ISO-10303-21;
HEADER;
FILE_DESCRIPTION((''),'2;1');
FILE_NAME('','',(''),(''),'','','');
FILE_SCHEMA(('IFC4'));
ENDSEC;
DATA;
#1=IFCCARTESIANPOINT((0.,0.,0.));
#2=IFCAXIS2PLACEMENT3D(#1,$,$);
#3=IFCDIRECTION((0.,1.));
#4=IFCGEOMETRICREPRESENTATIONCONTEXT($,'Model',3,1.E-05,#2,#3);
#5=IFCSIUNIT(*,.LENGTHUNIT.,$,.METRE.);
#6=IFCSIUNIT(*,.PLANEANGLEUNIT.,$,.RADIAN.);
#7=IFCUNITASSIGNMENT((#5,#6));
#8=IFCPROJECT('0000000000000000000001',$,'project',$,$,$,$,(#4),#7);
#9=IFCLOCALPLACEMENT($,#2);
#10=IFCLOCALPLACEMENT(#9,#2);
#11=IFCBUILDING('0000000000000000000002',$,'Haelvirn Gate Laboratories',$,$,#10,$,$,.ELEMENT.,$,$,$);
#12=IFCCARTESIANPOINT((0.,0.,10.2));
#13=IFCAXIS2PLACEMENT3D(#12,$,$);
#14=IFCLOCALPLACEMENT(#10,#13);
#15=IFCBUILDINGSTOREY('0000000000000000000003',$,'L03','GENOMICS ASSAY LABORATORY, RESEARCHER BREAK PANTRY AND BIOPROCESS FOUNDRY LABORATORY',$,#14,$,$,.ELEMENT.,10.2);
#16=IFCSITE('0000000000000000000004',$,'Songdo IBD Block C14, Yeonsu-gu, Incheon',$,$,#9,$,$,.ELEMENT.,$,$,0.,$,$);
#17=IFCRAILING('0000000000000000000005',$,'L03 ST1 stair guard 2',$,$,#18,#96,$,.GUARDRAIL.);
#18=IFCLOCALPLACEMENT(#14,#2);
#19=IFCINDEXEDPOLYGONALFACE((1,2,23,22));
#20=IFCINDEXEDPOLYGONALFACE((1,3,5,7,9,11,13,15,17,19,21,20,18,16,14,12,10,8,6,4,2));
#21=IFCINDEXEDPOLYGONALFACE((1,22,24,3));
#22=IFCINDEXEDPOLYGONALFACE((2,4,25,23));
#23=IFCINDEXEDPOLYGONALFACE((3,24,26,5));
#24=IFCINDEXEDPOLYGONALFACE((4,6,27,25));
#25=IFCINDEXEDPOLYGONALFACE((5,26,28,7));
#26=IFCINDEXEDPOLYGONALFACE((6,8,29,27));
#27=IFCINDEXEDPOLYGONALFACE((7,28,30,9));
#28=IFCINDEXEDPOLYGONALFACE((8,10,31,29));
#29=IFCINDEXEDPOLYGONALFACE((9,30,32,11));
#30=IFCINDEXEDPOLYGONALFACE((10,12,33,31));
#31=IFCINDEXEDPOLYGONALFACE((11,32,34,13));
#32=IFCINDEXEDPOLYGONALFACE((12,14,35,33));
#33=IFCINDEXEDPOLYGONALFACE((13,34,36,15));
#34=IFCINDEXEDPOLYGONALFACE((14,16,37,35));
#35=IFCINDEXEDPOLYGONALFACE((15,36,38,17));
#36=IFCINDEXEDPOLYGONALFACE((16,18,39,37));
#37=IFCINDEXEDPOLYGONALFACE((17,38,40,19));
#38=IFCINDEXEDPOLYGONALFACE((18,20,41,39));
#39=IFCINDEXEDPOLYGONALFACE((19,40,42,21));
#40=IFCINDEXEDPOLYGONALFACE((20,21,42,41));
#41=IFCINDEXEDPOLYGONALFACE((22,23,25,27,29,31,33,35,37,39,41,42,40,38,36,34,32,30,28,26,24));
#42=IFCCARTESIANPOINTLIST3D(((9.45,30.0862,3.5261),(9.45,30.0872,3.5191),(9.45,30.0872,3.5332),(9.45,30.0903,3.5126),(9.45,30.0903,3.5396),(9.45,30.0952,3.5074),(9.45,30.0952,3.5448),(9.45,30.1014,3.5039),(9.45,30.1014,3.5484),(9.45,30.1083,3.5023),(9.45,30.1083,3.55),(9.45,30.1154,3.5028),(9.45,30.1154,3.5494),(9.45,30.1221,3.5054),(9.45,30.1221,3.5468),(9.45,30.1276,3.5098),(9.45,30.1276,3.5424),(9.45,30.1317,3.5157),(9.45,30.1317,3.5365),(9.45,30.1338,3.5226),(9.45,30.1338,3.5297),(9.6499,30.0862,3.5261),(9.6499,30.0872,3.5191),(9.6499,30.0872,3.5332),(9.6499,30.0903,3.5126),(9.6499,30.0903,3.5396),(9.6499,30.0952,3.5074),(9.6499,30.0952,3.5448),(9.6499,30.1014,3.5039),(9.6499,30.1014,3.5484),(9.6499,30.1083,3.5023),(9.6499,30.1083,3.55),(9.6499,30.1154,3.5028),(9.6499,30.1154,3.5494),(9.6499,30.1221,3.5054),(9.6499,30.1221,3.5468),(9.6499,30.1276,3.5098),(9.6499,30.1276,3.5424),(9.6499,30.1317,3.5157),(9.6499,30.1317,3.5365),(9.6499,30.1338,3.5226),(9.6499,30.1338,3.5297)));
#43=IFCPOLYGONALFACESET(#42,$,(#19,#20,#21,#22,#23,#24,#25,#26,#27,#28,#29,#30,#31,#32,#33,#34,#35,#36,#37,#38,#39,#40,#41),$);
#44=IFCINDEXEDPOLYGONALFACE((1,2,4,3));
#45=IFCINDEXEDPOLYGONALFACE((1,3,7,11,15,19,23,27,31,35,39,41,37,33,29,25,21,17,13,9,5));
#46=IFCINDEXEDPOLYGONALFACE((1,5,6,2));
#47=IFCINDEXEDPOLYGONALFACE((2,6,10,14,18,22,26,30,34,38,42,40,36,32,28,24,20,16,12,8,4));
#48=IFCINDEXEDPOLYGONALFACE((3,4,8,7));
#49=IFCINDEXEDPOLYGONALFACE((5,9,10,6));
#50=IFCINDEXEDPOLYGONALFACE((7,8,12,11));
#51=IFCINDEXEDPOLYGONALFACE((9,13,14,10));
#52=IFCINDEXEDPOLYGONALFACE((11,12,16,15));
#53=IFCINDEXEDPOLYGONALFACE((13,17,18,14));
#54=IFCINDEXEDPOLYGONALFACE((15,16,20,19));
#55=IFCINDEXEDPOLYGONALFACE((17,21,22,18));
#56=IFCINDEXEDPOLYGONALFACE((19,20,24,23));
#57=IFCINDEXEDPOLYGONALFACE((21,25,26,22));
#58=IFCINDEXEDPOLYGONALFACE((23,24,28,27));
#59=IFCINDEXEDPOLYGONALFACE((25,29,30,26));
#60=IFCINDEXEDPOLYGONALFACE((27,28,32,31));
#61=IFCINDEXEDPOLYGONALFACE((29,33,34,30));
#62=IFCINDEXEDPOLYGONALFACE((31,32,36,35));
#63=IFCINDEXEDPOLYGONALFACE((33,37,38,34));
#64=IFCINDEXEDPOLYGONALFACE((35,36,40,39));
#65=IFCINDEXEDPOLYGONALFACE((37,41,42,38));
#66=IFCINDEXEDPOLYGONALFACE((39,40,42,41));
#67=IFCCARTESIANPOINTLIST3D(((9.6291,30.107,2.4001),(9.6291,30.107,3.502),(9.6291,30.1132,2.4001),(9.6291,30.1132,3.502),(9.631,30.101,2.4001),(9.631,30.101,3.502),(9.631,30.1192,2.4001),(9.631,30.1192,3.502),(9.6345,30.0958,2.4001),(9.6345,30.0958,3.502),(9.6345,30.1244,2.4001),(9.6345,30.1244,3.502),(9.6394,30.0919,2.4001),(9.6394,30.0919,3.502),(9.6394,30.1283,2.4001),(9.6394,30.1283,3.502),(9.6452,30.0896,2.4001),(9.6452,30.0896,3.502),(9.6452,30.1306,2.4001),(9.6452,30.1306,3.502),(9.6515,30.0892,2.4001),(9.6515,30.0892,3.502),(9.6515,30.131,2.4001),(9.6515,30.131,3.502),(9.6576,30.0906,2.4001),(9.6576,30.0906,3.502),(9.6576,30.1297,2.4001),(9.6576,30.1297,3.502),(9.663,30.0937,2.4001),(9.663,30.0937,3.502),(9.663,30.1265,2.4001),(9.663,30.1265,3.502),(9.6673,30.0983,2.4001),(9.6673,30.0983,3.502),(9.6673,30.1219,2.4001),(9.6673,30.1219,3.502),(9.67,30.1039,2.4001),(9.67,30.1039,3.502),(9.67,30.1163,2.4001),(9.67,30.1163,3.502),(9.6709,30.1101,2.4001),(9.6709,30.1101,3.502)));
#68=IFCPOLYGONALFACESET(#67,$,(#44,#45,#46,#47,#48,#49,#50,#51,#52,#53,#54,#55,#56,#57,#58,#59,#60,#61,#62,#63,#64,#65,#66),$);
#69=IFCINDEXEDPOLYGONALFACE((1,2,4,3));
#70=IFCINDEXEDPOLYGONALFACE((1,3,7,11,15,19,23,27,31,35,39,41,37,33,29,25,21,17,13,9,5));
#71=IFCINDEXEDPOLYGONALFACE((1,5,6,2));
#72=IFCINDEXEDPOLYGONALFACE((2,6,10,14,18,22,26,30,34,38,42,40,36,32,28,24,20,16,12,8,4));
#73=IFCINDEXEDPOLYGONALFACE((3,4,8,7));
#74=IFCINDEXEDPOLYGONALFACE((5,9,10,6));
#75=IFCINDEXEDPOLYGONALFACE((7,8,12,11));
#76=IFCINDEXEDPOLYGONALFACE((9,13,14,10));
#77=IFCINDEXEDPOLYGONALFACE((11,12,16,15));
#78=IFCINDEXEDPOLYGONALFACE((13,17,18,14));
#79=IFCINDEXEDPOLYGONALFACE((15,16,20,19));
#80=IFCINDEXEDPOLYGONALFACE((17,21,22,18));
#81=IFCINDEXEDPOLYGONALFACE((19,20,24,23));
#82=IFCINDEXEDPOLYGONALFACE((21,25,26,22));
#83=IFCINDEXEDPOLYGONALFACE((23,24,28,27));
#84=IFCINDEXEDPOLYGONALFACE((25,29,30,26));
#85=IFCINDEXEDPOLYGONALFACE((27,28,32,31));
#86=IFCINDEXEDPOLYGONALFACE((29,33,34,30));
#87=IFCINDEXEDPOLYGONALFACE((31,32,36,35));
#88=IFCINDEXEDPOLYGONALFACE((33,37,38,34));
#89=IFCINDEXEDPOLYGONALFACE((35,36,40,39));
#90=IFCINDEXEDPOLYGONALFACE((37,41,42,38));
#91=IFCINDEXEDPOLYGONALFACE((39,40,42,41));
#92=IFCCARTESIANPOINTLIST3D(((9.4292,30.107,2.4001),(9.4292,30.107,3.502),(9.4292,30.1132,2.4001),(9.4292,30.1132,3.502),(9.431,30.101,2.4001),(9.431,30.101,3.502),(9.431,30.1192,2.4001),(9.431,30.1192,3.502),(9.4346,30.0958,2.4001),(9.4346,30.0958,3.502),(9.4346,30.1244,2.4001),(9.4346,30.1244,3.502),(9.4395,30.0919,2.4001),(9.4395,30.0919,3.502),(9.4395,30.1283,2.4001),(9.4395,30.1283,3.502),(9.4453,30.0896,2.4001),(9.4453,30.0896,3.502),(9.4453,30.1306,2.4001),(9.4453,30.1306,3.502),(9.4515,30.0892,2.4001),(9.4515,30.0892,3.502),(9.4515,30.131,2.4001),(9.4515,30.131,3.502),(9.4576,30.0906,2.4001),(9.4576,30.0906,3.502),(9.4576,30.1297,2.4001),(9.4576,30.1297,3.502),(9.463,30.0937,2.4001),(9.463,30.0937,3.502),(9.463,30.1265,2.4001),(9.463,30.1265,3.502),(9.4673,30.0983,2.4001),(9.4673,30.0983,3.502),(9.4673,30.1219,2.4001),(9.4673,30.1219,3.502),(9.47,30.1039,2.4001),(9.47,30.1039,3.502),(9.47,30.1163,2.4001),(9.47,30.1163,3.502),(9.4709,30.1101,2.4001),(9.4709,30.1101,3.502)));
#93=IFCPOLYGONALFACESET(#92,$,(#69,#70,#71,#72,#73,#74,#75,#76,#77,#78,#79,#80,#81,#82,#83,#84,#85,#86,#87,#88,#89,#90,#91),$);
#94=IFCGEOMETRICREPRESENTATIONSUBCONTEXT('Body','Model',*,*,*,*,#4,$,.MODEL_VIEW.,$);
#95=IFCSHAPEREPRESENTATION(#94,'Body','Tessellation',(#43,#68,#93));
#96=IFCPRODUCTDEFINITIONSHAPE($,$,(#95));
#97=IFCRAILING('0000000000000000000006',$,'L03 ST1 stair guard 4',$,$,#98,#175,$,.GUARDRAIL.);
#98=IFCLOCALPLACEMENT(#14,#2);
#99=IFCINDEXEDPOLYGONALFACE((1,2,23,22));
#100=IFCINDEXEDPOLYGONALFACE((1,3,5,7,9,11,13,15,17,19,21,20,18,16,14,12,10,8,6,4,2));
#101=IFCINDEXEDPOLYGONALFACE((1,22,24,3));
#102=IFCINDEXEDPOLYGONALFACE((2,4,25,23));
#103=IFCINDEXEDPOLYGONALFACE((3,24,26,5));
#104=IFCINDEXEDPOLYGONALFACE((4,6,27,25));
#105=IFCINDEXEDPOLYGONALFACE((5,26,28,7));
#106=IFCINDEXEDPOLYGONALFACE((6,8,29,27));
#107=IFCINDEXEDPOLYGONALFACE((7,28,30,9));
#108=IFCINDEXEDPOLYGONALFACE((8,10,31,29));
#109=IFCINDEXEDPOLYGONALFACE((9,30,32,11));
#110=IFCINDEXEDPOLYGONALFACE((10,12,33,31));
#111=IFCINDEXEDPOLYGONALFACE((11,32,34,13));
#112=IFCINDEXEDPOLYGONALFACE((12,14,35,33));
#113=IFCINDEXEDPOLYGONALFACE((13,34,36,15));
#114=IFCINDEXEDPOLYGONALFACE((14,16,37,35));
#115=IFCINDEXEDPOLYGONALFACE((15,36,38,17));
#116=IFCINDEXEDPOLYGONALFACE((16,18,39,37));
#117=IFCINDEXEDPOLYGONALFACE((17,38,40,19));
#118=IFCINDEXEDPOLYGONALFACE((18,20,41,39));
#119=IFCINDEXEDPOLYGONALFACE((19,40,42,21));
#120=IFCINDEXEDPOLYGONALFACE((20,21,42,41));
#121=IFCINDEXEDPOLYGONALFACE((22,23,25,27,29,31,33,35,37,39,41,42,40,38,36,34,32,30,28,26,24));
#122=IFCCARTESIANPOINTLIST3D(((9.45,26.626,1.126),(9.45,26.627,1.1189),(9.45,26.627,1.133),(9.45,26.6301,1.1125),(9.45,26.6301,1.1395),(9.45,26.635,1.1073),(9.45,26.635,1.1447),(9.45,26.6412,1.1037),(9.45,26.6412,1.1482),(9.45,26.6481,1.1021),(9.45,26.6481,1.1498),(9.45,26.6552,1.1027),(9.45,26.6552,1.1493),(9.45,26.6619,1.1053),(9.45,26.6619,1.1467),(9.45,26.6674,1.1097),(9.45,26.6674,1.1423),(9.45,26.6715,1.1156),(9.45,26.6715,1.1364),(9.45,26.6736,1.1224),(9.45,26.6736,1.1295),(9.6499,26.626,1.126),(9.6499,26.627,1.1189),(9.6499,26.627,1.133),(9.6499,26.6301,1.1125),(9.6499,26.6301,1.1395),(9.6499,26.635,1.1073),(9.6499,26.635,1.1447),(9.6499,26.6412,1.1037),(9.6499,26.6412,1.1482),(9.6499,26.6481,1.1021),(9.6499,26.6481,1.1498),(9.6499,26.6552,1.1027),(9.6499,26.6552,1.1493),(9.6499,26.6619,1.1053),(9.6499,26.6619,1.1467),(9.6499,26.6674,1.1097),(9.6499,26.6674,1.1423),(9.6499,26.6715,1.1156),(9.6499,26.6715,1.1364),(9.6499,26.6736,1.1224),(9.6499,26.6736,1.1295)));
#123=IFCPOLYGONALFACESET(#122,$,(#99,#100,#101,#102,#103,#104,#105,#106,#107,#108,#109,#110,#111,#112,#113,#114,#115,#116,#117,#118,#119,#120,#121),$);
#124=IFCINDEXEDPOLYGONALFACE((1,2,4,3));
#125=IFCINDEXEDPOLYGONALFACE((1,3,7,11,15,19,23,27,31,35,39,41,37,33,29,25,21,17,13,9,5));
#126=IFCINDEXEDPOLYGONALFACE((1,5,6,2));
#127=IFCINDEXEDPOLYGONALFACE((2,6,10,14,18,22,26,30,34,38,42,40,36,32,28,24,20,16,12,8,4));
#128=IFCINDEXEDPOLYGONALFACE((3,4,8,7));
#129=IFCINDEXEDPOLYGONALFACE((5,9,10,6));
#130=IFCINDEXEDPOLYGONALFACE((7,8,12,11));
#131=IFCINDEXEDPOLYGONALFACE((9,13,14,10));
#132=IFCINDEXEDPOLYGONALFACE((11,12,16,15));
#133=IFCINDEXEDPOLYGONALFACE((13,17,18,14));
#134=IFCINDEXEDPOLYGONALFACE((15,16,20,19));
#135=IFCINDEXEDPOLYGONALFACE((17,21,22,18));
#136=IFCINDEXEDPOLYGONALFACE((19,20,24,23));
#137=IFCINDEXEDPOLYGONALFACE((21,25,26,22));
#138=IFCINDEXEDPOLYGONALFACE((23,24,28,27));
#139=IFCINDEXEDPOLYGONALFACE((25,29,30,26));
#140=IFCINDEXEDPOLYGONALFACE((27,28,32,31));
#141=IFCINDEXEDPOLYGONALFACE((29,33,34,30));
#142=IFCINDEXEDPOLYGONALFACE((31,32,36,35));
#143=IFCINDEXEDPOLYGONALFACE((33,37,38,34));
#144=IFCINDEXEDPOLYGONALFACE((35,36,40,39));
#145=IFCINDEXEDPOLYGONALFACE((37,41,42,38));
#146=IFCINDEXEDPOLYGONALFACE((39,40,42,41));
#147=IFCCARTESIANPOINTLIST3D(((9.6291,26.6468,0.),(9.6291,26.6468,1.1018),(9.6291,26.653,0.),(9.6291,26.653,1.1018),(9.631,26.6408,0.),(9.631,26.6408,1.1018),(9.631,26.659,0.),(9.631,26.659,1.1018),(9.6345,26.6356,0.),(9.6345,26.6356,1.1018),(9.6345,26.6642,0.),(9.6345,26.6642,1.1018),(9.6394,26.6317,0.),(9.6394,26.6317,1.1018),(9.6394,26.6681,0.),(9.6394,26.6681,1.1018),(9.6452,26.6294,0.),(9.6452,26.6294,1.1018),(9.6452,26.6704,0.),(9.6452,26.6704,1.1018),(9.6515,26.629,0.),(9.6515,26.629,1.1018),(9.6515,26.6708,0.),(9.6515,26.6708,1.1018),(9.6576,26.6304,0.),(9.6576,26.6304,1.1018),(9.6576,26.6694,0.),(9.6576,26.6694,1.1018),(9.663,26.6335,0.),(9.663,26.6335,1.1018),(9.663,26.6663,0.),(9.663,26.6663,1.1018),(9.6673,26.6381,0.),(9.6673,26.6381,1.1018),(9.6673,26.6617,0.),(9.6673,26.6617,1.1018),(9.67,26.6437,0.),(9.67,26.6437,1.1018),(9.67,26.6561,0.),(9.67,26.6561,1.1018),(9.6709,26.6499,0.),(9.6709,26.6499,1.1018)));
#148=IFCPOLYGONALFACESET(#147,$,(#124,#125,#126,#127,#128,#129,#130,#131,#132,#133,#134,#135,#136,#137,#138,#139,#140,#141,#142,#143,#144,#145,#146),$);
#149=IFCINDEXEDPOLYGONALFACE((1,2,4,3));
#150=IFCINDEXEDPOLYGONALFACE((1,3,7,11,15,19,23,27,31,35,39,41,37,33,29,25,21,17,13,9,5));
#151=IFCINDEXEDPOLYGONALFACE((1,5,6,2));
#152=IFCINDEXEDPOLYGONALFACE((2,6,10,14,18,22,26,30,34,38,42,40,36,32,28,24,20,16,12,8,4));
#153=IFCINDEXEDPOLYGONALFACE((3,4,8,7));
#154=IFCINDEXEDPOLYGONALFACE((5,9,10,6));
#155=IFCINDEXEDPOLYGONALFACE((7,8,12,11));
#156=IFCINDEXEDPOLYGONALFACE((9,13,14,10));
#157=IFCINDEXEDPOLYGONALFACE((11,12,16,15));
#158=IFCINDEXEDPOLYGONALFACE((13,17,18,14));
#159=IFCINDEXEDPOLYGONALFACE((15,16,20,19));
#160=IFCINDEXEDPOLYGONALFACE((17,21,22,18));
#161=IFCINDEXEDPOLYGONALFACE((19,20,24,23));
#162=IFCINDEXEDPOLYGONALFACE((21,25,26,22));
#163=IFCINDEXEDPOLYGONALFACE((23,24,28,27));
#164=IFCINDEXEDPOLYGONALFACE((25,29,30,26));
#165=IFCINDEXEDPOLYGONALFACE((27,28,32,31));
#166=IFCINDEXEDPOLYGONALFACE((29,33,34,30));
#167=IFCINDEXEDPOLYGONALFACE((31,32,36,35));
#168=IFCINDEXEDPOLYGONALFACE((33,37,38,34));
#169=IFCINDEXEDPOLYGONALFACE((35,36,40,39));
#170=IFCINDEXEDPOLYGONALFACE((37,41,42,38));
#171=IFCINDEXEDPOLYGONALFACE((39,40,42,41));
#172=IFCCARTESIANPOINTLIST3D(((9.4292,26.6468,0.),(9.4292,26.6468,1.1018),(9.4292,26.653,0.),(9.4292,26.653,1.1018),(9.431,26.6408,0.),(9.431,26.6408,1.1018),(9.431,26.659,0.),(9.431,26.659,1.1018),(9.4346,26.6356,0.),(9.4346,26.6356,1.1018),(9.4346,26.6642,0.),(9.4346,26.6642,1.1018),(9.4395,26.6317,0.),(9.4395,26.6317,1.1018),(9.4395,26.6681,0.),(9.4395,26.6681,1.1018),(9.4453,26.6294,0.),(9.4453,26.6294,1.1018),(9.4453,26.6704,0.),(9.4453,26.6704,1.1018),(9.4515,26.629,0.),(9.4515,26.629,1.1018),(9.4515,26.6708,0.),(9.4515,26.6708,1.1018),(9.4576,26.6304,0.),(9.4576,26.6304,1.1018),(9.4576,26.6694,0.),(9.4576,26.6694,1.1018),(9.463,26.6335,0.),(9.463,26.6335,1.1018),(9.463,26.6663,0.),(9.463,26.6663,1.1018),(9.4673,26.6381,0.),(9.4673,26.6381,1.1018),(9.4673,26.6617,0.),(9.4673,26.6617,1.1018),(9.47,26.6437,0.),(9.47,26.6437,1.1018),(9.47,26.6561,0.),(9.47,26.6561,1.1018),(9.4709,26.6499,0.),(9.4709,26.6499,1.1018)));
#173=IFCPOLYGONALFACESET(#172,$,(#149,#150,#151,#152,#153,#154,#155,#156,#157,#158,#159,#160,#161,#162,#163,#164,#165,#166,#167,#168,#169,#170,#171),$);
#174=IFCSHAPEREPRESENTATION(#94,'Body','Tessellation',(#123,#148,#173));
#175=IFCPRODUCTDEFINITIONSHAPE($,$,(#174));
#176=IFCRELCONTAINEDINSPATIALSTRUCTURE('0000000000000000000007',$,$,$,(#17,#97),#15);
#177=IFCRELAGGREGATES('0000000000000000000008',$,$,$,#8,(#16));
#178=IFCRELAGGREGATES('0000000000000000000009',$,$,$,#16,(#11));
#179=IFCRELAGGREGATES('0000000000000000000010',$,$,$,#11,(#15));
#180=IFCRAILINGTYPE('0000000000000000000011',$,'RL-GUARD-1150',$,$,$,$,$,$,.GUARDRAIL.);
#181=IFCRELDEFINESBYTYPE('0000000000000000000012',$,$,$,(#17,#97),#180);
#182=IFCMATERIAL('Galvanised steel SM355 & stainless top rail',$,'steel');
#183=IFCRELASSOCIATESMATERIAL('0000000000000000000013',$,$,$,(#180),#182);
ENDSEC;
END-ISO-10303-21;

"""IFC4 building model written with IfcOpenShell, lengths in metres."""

from ifc_helpers import new_model, si_unit, direction, frame, origin, origin_2d, place, context, subcontext, project, spatial, circle, extrude, source, transform, mapped, material, type_object, element, save


model = new_model("IFC4")

# Units and contexts
model_context = context("Model", 3, precision=1e-05, world=origin(), true_north=direction((0.0, 1.0)))
body_context = subcontext(model_context, "Body", "Model", "MODEL_VIEW")
ifc_project = project(units=[si_unit("LENGTHUNIT", "METRE"), si_unit("PLANEANGLEUNIT", "RADIAN")], contexts=[model_context])

# Site, building, storey
site_placement = place(None, origin())
site = spatial("IfcSite", under=ifc_project, at=site_placement, Name="Songdo IBD Block C14, Yeonsu-gu, Incheon", CompositionType="ELEMENT", RefElevation=0.0)
building_placement = place(site_placement, origin())
building = spatial("IfcBuilding", under=site, at=building_placement, Name="Haelvirn Gate Laboratories", CompositionType="ELEMENT")
storey_placement = place(building_placement, frame((0.0, 0.0, 10.2)))
storey = spatial("IfcBuildingStorey", under=building, at=storey_placement, Name="L03", Description="GENOMICS ASSAY LABORATORY, RESEARCHER BREAK PANTRY AND BIOPROCESS FOUNDRY LABORATORY", CompositionType="ELEMENT", Elevation=10.2)

# Railings
ifc_material_1 = material(Name="Galvanised steel SM355 & stainless top rail", Category="steel")
railing_type_1 = type_object("IfcRailingType", Name="RL-GUARD-1150", PredefinedType="GUARDRAIL", material=ifc_material_1)
shared_shape_1 = source(origin(), body_context, "Body", "SweptSolid", [
    extrude(circle(Radius=0.0239, at=origin_2d()), frame((0.0, 0.0, 1.126), z_axis=(-1.0, 0.0, 0.0), x_axis=(0.0, -1.0, 0.0)), (0.0, 0.0, 1.0), 0.2),
    extrude(circle(Radius=0.021, at=origin_2d()), origin(), (0.0, 0.0, 1.0), 1.1018),
    extrude(circle(Radius=0.021, at=origin_2d()), frame((-0.2, 0.0, 0.0)), (0.0, 0.0, 1.0), 1.1018),
])
for number, where, name in (
    (1, (9.6499, 30.1101, 2.4001), "L03 ST1 stair guard 2"),
    (2, (9.6499, 26.6499, 0.0), "L03 ST1 stair guard 4"),
):
    element("IfcRailing", number, at=place(storey_placement, frame(where)), inside=storey, type_object=railing_type_1, Name=name, PredefinedType="GUARDRAIL", context=body_context, shape_type="MappedRepresentation", body=[
        mapped(shared_shape_1, transform((0.0, 0.0, 0.0), scale=1.0)),
    ])

save(model, "model.ifc")
